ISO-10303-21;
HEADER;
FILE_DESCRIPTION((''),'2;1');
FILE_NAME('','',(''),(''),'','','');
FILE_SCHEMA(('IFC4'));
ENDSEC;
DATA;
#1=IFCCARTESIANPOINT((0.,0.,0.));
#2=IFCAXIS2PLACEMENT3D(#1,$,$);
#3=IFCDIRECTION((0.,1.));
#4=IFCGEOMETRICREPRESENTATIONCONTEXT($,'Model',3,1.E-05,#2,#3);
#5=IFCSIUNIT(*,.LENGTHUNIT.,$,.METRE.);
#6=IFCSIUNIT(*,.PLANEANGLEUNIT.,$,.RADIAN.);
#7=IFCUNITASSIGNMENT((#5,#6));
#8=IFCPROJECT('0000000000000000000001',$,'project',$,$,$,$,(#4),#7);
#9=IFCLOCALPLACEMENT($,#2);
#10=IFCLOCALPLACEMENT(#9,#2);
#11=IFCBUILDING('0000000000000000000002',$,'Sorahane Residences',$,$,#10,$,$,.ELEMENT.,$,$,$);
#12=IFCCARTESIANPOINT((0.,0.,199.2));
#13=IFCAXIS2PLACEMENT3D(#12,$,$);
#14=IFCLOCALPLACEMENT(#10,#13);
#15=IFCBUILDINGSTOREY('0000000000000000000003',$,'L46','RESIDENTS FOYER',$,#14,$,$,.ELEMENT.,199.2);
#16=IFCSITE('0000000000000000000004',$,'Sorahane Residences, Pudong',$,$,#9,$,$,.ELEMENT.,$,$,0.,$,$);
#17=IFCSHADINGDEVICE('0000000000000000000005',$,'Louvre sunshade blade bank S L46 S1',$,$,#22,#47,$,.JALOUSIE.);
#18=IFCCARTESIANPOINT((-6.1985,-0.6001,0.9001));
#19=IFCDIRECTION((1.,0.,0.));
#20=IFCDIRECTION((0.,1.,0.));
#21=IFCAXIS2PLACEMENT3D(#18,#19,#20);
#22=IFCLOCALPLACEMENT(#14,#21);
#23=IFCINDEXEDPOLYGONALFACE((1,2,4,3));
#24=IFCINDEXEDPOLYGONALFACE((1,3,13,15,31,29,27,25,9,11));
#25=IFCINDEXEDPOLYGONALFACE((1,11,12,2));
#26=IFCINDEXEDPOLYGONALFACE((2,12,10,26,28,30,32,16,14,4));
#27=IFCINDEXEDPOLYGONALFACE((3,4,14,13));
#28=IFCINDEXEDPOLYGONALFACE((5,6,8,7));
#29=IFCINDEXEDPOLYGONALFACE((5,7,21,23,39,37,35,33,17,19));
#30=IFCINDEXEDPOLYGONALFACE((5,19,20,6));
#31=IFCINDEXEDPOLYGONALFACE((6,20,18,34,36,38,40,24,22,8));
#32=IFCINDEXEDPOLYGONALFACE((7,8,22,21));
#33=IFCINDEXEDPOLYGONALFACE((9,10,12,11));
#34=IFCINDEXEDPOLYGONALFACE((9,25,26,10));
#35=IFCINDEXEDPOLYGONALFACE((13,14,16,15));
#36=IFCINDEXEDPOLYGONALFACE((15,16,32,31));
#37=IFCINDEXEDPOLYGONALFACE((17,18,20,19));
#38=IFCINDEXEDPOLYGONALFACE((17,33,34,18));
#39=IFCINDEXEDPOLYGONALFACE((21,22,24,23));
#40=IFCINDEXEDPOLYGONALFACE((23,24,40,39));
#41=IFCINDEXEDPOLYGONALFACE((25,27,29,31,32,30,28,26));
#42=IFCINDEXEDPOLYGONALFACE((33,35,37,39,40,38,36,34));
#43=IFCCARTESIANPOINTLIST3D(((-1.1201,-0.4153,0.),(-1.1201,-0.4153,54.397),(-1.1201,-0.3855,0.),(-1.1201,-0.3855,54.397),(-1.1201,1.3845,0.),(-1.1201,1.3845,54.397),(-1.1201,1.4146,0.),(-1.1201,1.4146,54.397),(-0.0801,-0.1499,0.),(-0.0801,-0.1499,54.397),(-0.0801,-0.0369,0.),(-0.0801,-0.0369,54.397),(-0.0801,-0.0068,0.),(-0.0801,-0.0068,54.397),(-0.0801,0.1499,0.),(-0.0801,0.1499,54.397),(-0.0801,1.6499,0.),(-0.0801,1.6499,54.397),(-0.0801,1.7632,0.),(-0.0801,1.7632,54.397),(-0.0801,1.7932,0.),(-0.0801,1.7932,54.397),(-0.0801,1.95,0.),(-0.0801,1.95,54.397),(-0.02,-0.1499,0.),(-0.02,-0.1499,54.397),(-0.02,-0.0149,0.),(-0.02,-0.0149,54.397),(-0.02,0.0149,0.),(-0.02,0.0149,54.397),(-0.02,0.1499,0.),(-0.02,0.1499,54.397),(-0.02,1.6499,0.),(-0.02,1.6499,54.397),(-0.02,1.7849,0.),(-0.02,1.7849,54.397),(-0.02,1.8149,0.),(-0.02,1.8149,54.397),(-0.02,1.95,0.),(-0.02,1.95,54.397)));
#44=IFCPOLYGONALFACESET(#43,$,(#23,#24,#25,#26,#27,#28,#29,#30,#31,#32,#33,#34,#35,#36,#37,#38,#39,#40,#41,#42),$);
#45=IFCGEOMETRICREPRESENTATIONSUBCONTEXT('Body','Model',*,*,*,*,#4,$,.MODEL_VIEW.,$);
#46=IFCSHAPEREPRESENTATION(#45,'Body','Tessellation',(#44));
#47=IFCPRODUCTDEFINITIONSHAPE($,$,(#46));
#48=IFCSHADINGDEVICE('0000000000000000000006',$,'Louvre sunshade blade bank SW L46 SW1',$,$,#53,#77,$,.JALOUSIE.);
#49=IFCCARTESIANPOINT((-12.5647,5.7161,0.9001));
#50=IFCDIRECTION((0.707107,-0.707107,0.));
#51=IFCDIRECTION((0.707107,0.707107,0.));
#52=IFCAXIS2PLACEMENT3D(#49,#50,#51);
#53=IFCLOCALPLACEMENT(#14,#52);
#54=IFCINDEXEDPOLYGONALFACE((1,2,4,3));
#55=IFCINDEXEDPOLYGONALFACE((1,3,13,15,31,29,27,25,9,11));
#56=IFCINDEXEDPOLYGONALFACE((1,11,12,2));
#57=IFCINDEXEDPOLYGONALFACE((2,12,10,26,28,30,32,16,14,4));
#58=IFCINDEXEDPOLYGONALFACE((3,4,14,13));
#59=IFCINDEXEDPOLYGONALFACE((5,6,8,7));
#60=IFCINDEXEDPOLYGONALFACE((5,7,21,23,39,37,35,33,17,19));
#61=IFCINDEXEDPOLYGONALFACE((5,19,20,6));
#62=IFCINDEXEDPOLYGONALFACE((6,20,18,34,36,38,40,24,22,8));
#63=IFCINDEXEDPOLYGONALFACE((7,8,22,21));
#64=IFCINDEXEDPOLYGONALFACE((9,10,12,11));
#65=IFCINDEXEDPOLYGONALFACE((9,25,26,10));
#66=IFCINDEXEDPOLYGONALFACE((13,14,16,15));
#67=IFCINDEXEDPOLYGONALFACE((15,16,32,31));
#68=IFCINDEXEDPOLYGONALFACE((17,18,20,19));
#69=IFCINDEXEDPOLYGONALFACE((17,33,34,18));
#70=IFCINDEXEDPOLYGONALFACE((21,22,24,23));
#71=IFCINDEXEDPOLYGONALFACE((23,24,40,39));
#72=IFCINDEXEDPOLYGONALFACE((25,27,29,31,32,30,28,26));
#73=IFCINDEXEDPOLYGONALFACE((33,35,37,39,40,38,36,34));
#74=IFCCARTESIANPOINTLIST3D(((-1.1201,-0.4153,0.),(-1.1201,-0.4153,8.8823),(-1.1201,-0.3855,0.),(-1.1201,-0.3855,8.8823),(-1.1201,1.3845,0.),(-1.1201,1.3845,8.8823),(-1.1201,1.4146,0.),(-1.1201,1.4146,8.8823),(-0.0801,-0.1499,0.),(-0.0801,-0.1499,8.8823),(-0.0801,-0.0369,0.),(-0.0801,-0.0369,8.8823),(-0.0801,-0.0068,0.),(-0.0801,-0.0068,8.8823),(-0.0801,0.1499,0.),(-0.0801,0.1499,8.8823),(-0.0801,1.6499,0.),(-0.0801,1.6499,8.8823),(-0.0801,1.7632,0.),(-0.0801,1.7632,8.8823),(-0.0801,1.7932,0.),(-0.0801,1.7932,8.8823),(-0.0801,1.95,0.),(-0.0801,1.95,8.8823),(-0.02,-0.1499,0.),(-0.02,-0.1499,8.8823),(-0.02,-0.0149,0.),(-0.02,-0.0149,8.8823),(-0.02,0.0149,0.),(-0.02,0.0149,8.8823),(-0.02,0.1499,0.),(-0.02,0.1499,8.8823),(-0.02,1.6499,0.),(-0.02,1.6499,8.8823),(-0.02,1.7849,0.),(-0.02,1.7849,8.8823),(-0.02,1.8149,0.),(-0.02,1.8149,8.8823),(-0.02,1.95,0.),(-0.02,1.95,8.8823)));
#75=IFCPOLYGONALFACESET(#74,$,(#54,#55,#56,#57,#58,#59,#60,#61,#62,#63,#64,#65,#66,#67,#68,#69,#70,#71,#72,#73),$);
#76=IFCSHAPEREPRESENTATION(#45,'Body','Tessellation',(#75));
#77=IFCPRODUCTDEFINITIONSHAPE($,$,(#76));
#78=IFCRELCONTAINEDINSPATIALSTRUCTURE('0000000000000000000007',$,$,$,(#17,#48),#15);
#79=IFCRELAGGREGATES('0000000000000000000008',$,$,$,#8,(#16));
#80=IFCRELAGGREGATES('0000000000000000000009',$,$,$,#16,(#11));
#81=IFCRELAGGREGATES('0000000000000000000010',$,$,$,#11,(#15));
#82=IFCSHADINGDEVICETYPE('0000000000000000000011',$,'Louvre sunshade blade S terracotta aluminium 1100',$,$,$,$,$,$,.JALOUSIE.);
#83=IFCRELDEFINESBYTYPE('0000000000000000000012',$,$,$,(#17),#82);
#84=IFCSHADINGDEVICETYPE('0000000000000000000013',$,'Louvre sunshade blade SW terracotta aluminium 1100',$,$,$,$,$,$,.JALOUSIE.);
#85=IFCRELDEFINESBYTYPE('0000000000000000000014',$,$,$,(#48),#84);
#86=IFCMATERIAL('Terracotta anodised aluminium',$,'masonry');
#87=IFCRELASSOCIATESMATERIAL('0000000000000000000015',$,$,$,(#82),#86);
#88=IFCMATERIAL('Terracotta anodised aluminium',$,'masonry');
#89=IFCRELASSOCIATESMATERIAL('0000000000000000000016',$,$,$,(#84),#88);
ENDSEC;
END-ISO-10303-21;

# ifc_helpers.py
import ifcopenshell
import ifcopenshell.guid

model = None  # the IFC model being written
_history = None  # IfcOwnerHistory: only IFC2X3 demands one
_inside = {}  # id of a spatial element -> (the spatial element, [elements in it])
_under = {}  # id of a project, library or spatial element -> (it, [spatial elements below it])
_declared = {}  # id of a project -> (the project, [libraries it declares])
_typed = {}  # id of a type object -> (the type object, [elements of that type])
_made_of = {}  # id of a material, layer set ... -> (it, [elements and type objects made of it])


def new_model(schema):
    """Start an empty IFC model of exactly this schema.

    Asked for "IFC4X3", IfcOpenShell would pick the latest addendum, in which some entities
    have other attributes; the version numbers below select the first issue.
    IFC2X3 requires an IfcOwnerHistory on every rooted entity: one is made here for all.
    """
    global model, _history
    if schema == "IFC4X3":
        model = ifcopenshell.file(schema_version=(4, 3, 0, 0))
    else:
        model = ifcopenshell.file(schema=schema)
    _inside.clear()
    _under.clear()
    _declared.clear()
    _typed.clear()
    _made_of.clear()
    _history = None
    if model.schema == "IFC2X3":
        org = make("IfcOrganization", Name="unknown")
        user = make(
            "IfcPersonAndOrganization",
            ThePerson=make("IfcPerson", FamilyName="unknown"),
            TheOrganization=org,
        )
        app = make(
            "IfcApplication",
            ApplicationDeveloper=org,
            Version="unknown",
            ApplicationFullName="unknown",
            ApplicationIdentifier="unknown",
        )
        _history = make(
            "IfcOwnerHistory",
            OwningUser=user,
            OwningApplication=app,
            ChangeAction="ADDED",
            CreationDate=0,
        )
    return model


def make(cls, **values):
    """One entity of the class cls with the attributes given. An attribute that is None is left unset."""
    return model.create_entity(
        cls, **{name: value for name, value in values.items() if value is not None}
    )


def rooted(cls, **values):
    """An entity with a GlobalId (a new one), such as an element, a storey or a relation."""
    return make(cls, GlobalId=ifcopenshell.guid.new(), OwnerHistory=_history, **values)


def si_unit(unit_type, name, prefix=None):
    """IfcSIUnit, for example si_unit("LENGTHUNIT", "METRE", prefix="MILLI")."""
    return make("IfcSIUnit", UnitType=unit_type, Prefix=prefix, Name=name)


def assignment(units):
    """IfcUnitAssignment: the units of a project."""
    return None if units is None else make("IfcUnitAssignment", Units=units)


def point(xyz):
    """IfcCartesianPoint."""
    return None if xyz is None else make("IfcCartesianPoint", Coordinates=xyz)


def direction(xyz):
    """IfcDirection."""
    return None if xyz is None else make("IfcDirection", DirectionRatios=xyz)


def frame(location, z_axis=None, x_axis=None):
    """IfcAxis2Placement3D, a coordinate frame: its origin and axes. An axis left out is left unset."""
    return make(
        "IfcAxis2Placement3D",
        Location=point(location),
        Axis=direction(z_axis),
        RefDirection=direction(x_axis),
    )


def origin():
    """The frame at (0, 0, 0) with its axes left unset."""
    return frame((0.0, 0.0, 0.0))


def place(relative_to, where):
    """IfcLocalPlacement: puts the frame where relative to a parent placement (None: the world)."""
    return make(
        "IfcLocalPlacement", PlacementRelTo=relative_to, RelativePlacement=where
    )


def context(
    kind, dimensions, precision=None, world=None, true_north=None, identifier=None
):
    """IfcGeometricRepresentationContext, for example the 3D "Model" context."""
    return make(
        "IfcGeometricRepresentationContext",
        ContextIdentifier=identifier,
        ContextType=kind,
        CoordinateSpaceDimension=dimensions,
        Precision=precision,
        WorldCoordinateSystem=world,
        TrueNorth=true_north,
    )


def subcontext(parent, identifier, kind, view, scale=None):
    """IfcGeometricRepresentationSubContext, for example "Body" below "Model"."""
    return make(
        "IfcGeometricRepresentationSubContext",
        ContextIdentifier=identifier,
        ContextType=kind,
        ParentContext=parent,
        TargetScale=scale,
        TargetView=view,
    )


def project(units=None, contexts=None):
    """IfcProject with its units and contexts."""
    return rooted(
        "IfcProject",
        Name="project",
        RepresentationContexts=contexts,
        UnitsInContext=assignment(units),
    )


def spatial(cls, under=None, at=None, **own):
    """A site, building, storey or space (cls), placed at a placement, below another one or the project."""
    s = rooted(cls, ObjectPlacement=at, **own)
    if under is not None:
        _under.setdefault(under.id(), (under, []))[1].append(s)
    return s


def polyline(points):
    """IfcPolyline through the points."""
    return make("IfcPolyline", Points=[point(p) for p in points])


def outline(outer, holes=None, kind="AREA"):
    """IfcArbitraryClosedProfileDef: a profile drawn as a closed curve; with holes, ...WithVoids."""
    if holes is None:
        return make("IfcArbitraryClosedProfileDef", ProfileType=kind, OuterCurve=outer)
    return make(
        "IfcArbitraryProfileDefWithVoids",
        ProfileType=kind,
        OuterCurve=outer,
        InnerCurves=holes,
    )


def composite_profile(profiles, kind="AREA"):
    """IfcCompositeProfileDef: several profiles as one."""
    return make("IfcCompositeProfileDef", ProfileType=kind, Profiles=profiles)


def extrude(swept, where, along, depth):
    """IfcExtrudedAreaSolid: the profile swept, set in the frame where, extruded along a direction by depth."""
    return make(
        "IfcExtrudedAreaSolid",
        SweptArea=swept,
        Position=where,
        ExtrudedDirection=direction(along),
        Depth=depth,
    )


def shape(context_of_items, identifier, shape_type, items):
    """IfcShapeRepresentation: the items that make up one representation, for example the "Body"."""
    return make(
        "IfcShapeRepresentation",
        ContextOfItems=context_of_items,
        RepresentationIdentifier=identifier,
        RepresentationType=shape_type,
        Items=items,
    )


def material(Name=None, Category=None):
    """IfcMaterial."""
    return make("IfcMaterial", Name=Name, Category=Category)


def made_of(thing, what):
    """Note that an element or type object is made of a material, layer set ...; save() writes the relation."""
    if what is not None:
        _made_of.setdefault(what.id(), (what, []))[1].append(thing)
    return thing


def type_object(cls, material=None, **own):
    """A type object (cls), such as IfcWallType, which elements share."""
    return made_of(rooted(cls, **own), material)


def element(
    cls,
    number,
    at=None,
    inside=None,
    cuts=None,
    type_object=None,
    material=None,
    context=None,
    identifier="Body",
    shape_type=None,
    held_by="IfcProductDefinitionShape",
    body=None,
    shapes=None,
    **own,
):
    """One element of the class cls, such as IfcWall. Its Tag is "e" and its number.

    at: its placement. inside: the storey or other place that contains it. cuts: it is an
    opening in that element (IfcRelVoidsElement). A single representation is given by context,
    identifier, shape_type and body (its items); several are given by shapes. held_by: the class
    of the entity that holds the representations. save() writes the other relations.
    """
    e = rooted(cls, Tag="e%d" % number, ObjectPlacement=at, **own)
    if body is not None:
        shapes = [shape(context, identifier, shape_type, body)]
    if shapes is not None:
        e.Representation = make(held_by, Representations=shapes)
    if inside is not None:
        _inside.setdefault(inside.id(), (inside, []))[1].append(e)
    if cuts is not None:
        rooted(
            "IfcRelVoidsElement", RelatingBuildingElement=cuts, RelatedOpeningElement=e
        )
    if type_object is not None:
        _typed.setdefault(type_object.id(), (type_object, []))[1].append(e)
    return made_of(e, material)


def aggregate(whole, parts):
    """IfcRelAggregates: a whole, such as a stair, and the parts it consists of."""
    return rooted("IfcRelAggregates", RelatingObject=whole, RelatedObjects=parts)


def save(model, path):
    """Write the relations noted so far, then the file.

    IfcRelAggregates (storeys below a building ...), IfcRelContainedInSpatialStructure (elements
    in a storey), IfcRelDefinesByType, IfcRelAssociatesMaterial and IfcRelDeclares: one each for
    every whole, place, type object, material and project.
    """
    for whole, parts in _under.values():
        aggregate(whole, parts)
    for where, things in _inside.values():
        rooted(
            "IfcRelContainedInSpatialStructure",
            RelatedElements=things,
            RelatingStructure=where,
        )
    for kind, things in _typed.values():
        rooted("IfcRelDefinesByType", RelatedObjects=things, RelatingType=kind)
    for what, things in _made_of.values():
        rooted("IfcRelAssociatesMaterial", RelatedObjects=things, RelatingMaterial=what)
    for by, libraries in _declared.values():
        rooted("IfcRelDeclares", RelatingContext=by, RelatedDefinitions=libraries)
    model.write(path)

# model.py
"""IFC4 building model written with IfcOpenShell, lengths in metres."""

from ifc_helpers import new_model, si_unit, direction, frame, origin, place, context, subcontext, project, spatial, polyline, outline, composite_profile, extrude, material, type_object, element, save


model = new_model("IFC4")

# Units and contexts
model_context = context("Model", 3, precision=1e-05, world=origin(), true_north=direction((0.0, 1.0)))
body_context = subcontext(model_context, "Body", "Model", "MODEL_VIEW")
ifc_project = project(units=[si_unit("LENGTHUNIT", "METRE"), si_unit("PLANEANGLEUNIT", "RADIAN")], contexts=[model_context])

# Site, building, storey
site_placement = place(None, origin())
site = spatial("IfcSite", under=ifc_project, at=site_placement, Name="Sorahane Residences, Pudong", CompositionType="ELEMENT", RefElevation=0.0)
building_placement = place(site_placement, origin())
building = spatial("IfcBuilding", under=site, at=building_placement, Name="Sorahane Residences", CompositionType="ELEMENT")
storey_placement = place(building_placement, frame((0.0, 0.0, 199.2)))
storey = spatial("IfcBuildingStorey", under=building, at=storey_placement, Name="L46", Description="RESIDENTS FOYER", CompositionType="ELEMENT", Elevation=199.2)

# Shading devices
ifc_material_1 = material(Name="Terracotta anodised aluminium", Category="masonry")
shading_device_type_1 = type_object("IfcShadingDeviceType", Name="Louvre sunshade blade S terracotta aluminium 1100", PredefinedType="JALOUSIE", material=ifc_material_1)
shading_device_1_placement = place(storey_placement, frame((-6.1985, -0.6001, 0.9001), z_axis=(1.0, 0.0, 0.0), x_axis=(0.0, 1.0, 0.0)))
element("IfcShadingDevice", 1, at=shading_device_1_placement, inside=storey, type_object=shading_device_type_1, Name="Louvre sunshade blade bank S L46 S1", PredefinedType="JALOUSIE", context=body_context, shape_type="SweptSolid", body=[
    extrude(composite_profile([outline(polyline([(-1.1201, -0.3855), (-1.1201, -0.4153), (-0.0801, -0.0369), (-0.0801, -0.1499), (-0.02, -0.1499), (-0.02, -0.0149), (-0.02, 0.0149), (-0.02, 0.1499), (-0.0801, 0.1499), (-0.0801, -0.0068), (-1.1201, -0.3855)])), outline(polyline([(-1.1201, 1.4146), (-1.1201, 1.3845), (-0.0801, 1.7632), (-0.0801, 1.6499), (-0.02, 1.6499), (-0.02, 1.7849), (-0.02, 1.8149), (-0.02, 1.95), (-0.0801, 1.95), (-0.0801, 1.7932), (-1.1201, 1.4146)]))]), origin(), (0.0, 0.0, 1.0), 54.397),
])
ifc_material_2 = material(Name="Terracotta anodised aluminium", Category="masonry")
shading_device_type_2 = type_object("IfcShadingDeviceType", Name="Louvre sunshade blade SW terracotta aluminium 1100", PredefinedType="JALOUSIE", material=ifc_material_2)
shading_device_2_placement = place(storey_placement, frame((-12.5647, 5.7161, 0.9001), z_axis=(0.707107, -0.707107, 0.0), x_axis=(0.707107, 0.707107, 0.0)))
element("IfcShadingDevice", 2, at=shading_device_2_placement, inside=storey, type_object=shading_device_type_2, Name="Louvre sunshade blade bank SW L46 SW1", PredefinedType="JALOUSIE", context=body_context, shape_type="SweptSolid", body=[
    extrude(composite_profile([outline(polyline([(-1.1201, -0.3855), (-1.1201, -0.4153), (-0.0801, -0.0369), (-0.0801, -0.1499), (-0.02, -0.1499), (-0.02, -0.0149), (-0.02, 0.0149), (-0.02, 0.1499), (-0.0801, 0.1499), (-0.0801, -0.0068), (-1.1201, -0.3855)])), outline(polyline([(-1.1201, 1.4146), (-1.1201, 1.3845), (-0.0801, 1.7632), (-0.0801, 1.6499), (-0.02, 1.6499), (-0.02, 1.7849), (-0.02, 1.8149), (-0.02, 1.95), (-0.0801, 1.95), (-0.0801, 1.7932), (-1.1201, 1.4146)]))]), origin(), (0.0, 0.0, 1.0), 8.8823),
])

save(model, "model.ifc")
